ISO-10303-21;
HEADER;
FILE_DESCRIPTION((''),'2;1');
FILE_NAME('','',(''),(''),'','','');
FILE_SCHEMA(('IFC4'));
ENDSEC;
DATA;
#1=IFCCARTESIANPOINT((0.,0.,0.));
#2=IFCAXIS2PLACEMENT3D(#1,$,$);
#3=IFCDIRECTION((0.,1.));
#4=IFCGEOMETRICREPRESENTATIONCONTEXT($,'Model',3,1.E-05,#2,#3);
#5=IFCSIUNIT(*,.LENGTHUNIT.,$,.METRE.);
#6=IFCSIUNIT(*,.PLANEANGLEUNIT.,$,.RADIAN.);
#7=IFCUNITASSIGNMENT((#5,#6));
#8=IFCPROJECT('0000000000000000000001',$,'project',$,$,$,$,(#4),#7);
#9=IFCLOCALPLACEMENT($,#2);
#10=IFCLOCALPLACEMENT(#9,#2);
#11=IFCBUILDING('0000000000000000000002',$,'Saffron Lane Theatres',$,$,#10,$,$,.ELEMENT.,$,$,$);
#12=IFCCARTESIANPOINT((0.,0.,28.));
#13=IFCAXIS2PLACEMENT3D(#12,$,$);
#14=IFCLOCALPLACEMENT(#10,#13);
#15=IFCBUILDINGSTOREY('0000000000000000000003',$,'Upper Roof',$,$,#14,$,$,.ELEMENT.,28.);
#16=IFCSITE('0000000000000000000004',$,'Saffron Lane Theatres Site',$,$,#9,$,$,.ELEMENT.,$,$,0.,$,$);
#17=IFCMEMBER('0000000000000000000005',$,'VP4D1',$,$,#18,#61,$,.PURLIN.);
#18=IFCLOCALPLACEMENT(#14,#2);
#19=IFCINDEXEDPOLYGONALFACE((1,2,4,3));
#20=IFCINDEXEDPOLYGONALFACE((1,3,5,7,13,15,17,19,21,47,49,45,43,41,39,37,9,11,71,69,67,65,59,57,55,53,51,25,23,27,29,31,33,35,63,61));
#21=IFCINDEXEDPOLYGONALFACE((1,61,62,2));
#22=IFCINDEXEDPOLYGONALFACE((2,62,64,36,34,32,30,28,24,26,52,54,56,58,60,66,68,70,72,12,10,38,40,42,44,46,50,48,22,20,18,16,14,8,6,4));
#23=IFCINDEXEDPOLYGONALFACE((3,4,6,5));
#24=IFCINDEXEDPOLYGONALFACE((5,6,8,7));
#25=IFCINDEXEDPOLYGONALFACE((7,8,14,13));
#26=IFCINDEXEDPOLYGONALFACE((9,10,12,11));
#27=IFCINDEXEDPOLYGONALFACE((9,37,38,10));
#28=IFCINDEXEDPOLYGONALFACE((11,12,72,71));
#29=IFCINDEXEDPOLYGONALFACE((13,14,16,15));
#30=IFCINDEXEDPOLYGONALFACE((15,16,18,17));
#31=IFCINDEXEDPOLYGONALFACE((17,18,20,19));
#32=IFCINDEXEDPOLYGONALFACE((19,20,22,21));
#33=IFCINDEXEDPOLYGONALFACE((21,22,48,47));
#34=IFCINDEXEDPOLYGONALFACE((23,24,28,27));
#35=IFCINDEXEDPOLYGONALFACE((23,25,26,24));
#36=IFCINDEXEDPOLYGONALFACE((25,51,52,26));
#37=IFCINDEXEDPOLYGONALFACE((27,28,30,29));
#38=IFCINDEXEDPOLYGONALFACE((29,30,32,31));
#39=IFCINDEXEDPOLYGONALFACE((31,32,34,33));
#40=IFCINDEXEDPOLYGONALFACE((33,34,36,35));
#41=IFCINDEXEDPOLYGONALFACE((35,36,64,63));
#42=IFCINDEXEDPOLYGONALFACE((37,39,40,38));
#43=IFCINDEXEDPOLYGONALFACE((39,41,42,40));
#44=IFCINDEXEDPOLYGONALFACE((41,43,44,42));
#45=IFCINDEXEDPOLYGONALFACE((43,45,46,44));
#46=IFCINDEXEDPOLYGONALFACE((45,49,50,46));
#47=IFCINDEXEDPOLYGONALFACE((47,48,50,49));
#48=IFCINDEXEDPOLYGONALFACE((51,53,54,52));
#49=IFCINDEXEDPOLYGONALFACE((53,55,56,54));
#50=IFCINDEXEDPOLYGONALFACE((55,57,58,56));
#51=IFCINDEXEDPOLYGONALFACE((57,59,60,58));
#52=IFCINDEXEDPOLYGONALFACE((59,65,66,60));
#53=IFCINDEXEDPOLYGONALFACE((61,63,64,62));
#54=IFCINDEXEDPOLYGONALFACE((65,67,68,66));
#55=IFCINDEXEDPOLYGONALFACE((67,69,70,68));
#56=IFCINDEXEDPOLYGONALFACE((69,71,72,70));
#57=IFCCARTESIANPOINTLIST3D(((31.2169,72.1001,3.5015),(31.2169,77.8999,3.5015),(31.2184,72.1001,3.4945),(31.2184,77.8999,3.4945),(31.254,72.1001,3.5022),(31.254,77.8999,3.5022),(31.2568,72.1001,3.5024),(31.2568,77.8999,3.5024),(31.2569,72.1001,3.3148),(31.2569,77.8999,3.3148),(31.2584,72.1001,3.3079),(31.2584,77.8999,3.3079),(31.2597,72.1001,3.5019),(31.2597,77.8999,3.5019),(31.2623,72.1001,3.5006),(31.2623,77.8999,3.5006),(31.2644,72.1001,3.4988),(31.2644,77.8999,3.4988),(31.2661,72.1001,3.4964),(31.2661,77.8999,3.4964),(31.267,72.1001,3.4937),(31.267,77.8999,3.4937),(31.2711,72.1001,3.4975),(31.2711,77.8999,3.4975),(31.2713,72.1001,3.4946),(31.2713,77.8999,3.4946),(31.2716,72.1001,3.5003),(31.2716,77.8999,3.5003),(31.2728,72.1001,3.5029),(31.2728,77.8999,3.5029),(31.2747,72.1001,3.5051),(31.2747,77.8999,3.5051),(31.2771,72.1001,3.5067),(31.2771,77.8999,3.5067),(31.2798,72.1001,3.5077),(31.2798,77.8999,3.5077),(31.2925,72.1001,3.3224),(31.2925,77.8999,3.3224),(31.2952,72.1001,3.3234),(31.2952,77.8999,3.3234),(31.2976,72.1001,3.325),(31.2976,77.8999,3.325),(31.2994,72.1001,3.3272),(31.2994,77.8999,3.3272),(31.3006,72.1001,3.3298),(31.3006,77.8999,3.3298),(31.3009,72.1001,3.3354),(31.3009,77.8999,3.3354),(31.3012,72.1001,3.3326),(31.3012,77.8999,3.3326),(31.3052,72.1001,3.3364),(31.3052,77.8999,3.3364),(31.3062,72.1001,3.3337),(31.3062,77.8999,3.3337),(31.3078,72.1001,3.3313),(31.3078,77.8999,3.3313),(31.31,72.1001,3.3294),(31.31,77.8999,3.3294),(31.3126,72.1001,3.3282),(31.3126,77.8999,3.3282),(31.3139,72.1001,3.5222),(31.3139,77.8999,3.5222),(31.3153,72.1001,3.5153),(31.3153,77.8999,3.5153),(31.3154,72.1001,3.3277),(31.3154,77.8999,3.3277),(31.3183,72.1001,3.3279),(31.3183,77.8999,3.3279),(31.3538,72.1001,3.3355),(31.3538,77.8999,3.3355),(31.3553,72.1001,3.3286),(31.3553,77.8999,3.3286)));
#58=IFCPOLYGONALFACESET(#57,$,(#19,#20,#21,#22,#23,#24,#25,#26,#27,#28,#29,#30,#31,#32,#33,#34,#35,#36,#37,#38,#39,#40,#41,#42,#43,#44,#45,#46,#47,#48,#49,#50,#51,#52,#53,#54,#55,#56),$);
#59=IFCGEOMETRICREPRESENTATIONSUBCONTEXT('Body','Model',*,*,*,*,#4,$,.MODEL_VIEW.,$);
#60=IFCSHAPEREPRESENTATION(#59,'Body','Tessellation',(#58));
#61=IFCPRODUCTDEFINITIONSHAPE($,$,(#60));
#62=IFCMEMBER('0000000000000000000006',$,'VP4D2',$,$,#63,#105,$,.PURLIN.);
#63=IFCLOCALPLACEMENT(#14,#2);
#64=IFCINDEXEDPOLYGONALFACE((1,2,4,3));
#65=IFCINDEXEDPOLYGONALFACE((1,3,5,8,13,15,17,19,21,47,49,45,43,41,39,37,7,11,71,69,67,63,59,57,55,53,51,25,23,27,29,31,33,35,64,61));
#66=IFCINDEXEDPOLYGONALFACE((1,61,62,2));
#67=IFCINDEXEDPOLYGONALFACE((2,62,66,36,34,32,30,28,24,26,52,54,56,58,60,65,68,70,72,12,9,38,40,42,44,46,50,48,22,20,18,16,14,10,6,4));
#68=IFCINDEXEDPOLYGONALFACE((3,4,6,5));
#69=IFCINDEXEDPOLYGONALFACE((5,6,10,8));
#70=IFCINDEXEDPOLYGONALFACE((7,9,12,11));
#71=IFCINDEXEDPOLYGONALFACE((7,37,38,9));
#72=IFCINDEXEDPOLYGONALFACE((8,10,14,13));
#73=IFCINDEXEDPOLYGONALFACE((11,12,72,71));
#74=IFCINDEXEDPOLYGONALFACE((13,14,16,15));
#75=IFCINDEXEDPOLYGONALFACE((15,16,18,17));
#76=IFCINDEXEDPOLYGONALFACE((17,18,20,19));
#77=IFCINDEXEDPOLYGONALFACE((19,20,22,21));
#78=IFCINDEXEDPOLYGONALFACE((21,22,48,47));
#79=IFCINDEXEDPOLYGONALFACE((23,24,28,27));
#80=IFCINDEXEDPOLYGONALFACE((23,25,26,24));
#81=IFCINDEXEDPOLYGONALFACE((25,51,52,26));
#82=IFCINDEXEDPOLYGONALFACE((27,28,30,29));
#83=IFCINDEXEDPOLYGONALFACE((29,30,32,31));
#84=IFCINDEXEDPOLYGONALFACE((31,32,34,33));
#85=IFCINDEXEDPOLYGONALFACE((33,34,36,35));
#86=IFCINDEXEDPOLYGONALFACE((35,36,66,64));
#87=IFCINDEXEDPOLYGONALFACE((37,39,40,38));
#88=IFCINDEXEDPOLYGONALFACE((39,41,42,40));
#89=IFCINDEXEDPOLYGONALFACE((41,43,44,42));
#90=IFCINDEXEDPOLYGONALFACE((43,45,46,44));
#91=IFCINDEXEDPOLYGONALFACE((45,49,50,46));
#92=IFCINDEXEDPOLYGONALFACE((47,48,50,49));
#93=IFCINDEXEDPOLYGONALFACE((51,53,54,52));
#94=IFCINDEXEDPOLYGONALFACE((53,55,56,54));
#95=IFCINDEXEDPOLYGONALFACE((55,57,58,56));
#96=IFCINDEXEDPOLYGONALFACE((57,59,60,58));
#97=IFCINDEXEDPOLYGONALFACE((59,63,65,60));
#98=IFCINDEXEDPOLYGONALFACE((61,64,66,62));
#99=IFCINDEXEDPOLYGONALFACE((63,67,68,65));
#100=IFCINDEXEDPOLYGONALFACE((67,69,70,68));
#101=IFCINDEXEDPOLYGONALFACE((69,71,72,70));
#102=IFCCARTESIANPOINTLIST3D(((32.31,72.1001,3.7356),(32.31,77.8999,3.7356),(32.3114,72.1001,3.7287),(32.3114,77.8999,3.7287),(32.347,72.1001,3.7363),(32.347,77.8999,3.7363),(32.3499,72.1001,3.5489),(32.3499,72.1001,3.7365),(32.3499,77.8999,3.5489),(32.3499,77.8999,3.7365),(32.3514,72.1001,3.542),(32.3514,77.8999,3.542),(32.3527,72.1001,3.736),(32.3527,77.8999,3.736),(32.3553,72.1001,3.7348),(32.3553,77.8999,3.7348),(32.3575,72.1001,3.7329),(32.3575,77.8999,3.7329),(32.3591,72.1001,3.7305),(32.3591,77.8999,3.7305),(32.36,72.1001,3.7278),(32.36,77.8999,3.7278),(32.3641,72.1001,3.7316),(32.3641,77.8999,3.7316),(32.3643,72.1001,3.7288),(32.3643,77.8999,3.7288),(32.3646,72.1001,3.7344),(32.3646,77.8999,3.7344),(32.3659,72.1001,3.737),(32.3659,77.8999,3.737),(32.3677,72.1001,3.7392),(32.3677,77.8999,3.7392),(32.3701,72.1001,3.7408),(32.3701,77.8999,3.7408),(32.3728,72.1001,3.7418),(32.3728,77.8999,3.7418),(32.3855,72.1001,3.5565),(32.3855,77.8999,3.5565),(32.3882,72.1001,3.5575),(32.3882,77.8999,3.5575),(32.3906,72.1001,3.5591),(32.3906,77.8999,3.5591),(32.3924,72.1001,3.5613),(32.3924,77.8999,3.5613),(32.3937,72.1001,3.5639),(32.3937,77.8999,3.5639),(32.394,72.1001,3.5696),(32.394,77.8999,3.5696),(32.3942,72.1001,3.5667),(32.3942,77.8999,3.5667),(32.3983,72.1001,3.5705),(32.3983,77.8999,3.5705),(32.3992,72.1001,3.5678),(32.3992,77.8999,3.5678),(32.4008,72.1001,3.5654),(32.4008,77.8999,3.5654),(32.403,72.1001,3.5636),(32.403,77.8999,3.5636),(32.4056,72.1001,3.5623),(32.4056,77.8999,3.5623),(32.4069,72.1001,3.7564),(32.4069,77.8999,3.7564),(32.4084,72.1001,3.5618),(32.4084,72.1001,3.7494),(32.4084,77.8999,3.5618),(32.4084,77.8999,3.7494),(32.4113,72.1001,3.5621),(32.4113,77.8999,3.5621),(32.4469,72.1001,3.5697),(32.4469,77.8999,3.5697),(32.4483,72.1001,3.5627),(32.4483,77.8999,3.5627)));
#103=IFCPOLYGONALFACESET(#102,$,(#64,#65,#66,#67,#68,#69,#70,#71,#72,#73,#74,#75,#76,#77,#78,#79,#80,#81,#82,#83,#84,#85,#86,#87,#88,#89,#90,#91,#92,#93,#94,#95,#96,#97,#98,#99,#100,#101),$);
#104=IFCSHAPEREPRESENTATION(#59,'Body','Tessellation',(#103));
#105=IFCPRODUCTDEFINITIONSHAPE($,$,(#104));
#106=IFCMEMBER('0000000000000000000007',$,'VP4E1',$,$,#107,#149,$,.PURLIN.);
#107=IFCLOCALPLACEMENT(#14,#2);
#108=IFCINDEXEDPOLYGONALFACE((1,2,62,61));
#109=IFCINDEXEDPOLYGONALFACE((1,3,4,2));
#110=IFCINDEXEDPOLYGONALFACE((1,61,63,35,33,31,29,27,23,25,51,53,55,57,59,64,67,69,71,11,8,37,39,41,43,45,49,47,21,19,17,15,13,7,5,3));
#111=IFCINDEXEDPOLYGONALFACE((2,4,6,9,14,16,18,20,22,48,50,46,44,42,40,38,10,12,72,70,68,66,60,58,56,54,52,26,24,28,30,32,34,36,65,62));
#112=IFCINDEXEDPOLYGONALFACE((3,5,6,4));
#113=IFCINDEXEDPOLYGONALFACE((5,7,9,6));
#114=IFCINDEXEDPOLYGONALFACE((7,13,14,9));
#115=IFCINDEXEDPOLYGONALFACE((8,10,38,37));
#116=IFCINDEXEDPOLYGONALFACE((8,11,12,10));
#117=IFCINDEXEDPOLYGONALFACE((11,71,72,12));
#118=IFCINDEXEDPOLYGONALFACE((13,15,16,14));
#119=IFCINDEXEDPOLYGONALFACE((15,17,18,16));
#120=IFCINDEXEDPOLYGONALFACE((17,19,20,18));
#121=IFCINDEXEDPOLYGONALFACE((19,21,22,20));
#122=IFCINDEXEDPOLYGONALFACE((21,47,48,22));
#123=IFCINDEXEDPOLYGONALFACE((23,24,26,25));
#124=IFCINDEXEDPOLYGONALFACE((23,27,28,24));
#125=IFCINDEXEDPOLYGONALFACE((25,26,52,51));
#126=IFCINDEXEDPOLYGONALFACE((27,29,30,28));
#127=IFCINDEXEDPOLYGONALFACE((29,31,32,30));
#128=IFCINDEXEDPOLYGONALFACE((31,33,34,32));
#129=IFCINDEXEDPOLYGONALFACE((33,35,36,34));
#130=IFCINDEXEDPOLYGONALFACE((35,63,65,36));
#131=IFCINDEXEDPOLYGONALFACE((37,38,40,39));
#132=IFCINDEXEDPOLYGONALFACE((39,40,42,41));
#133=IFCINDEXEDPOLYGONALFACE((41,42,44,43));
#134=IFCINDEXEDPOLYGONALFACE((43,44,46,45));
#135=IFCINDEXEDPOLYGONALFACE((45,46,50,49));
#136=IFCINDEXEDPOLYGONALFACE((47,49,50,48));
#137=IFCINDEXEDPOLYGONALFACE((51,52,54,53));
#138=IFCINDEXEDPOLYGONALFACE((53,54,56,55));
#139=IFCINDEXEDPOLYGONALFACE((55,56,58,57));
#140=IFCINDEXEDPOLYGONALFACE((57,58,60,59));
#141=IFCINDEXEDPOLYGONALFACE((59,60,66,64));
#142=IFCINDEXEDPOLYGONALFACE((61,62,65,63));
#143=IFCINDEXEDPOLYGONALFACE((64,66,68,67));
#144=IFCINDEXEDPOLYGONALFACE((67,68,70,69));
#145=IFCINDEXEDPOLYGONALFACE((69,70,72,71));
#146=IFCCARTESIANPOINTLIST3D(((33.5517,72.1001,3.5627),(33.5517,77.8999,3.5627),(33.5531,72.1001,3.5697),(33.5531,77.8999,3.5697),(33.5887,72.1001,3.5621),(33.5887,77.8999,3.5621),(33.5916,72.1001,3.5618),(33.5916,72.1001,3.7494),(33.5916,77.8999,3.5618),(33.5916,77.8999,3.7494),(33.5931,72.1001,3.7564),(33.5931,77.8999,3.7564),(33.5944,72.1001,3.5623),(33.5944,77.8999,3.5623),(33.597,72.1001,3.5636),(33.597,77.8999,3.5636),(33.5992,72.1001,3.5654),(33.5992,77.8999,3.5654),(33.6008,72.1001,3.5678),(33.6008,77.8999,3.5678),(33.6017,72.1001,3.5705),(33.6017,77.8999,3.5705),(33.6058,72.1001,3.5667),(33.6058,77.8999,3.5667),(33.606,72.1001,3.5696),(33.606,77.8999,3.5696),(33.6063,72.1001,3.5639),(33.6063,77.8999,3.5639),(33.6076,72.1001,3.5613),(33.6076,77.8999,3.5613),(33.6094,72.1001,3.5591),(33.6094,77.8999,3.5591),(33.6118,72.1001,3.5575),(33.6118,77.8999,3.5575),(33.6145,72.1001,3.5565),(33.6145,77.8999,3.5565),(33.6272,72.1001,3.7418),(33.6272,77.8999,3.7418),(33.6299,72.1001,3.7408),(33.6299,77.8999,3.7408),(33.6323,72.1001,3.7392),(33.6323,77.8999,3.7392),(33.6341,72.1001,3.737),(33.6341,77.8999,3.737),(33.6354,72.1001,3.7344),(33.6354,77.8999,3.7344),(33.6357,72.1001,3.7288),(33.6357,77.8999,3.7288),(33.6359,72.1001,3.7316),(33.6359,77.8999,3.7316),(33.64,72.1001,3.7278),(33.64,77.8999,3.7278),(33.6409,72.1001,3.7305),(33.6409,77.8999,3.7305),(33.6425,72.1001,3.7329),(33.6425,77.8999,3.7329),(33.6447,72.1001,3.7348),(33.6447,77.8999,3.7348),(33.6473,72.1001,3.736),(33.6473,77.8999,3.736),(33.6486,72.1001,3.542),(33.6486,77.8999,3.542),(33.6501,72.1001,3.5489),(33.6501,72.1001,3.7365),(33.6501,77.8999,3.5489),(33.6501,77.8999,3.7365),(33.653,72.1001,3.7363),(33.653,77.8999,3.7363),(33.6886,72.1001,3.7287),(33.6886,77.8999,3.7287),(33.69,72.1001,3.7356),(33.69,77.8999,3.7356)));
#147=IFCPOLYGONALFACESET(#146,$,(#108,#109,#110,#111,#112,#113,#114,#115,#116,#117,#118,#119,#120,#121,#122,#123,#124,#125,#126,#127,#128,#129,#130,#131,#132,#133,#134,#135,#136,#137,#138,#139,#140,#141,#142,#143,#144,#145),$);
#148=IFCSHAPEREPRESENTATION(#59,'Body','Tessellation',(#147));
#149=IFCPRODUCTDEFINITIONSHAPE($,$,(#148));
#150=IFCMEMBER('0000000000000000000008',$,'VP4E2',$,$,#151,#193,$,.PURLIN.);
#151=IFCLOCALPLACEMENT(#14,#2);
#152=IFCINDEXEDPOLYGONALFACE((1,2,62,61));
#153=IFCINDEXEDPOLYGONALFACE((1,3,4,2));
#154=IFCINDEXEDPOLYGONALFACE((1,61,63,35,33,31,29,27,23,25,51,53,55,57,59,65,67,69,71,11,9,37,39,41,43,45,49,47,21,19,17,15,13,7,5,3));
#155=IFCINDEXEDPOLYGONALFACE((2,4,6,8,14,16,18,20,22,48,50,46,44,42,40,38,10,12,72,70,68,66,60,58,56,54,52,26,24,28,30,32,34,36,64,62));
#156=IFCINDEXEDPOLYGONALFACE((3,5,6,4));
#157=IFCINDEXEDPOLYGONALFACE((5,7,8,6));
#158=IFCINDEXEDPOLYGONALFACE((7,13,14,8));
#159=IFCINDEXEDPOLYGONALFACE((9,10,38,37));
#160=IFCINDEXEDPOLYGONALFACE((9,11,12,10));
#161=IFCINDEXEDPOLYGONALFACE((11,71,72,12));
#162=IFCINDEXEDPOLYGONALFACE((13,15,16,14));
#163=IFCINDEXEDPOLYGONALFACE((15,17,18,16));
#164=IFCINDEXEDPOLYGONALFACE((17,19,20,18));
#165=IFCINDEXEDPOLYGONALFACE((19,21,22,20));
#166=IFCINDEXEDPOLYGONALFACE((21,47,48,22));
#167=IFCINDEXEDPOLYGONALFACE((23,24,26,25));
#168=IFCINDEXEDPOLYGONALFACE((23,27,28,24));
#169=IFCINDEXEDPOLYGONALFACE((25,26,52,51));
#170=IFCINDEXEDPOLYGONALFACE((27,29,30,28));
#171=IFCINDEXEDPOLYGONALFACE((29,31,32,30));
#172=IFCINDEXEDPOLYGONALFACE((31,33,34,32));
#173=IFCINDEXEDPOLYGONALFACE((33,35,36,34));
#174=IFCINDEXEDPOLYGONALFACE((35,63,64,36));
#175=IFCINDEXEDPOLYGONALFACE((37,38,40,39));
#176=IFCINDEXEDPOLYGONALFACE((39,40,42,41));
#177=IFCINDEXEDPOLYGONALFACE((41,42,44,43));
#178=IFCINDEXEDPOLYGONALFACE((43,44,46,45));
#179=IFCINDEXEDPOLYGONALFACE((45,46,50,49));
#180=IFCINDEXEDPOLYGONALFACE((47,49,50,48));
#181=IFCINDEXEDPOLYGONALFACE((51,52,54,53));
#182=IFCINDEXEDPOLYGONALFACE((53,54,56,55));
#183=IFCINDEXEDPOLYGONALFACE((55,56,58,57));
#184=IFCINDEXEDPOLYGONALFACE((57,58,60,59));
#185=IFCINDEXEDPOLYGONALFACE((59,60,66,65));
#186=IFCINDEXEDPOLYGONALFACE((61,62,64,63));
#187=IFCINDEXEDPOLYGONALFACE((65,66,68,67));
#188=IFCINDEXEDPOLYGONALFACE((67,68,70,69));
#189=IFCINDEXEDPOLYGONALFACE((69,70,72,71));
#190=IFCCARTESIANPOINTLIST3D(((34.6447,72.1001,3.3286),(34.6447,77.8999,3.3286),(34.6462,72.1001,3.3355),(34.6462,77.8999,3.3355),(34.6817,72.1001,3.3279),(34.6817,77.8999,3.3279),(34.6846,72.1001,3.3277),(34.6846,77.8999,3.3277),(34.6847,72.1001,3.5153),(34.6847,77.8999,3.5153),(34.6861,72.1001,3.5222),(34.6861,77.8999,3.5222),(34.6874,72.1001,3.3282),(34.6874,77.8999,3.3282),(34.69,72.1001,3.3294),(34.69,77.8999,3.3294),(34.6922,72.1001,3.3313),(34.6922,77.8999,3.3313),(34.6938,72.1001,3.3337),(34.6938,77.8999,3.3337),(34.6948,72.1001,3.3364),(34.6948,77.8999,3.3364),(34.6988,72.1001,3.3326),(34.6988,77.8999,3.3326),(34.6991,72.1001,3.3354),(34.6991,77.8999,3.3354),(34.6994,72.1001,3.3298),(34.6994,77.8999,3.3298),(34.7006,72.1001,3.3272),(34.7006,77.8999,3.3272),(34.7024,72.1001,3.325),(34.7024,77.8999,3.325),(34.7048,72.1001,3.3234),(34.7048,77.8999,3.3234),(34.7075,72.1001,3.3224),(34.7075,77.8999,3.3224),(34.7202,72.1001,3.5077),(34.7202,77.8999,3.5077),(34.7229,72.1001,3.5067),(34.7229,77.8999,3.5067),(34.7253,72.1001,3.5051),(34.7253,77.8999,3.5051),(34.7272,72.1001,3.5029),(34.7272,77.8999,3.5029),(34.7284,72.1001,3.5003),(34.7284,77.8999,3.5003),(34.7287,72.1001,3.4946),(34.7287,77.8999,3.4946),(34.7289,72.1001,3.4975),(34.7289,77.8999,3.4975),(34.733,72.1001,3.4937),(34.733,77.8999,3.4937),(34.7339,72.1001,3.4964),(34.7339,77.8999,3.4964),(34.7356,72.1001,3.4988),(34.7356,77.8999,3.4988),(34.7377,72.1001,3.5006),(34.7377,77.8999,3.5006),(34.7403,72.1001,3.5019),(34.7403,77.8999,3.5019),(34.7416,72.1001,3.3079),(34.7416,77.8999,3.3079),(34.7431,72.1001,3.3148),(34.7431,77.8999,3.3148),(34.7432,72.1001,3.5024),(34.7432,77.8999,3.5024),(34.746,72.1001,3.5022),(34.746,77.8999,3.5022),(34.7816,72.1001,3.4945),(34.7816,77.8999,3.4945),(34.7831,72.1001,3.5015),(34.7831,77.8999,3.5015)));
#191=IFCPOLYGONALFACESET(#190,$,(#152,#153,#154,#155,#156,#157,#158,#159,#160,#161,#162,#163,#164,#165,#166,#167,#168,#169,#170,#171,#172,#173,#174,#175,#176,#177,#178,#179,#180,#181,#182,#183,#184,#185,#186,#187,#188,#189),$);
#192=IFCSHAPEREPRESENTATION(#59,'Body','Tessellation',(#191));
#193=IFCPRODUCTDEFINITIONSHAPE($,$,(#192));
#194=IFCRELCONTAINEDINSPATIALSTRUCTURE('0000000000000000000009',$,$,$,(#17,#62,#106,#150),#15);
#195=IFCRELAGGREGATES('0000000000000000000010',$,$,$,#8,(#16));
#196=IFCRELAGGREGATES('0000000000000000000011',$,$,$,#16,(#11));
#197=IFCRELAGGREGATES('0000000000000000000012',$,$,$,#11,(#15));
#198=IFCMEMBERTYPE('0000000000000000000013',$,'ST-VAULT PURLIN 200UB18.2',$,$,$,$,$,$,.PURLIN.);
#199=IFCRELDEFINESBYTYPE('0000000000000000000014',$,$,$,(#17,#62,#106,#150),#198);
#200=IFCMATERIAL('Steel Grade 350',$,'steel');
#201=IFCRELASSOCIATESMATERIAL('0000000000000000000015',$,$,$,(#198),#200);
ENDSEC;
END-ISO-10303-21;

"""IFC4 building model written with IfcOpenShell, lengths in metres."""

from ifc_helpers import new_model, si_unit, direction, frame, origin, origin_2d, place, context, subcontext, project, spatial, i_section, extrude, material, material_profile, profile_set, type_object, element, save


model = new_model("IFC4")

# Units and contexts
model_context = context("Model", 3, precision=1e-05, world=origin(), true_north=direction((0.0, 1.0)))
body_context = subcontext(model_context, "Body", "Model", "MODEL_VIEW")
ifc_project = project(units=[si_unit("LENGTHUNIT", "METRE"), si_unit("PLANEANGLEUNIT", "RADIAN")], contexts=[model_context])

# Site, building, storey
site_placement = place(None, origin())
site = spatial("IfcSite", under=ifc_project, at=site_placement, Name="Saffron Lane Theatres Site", CompositionType="ELEMENT", RefElevation=0.0)
building_placement = place(site_placement, origin())
building = spatial("IfcBuilding", under=site, at=building_placement, Name="Saffron Lane Theatres", CompositionType="ELEMENT")
storey_placement = place(building_placement, frame((0.0, 0.0, 28.0)))
storey = spatial("IfcBuildingStorey", under=building, at=storey_placement, Name="Upper Roof", CompositionType="ELEMENT", Elevation=28.0)

# Members
ifc_material_1 = material(Name="Steel Grade 350", Category="steel")
ifc_material_profile_1 = material_profile(ifc_material_1, i_section(OverallWidth=0.0991, OverallDepth=0.198, WebThickness=0.0044, FlangeThickness=0.0071, FilletRadius=0.011, at=origin_2d()))
ifc_profile_set_1 = profile_set([ifc_material_profile_1], Name="Steel Grade 350")
member_type_1 = type_object("IfcMemberType", Name="ST-VAULT PURLIN 200UB18.2", PredefinedType="PURLIN", material=ifc_profile_set_1)
for number, where, z_axis, x_axis, name in (
    (1, (31.2861, 72.1001, 3.415), (0.0, 1.0, 0.0), (0.977816, 0.0, 0.209466), "VP4D1"),
    (2, (32.3792, 72.1001, 3.6492), (0.0, 1.0, 0.0), (0.977816, 0.0, 0.209466), "VP4D2"),
    (3, (33.6208, 72.1001, 3.6492), (0.0, 1.0, 0.0), (0.977816, 0.0, -0.209466), "VP4E1"),
    (4, (34.7139, 72.1001, 3.415), (0.0, 1.0, 0.0), (0.977816, 0.0, -0.209466), "VP4E2"),
):
    element("IfcMember", number, at=place(storey_placement, frame(where, z_axis=z_axis, x_axis=x_axis)), inside=storey, type_object=member_type_1, Name=name, PredefinedType="PURLIN", context=body_context, shape_type="SweptSolid", body=[
        extrude(i_section(OverallWidth=0.0991, OverallDepth=0.198, WebThickness=0.0044, FlangeThickness=0.0071, FilletRadius=0.011, at=origin_2d()), origin(), (0.0, 0.0, 1.0), 5.7998),
    ])

save(model, "model.ifc")
